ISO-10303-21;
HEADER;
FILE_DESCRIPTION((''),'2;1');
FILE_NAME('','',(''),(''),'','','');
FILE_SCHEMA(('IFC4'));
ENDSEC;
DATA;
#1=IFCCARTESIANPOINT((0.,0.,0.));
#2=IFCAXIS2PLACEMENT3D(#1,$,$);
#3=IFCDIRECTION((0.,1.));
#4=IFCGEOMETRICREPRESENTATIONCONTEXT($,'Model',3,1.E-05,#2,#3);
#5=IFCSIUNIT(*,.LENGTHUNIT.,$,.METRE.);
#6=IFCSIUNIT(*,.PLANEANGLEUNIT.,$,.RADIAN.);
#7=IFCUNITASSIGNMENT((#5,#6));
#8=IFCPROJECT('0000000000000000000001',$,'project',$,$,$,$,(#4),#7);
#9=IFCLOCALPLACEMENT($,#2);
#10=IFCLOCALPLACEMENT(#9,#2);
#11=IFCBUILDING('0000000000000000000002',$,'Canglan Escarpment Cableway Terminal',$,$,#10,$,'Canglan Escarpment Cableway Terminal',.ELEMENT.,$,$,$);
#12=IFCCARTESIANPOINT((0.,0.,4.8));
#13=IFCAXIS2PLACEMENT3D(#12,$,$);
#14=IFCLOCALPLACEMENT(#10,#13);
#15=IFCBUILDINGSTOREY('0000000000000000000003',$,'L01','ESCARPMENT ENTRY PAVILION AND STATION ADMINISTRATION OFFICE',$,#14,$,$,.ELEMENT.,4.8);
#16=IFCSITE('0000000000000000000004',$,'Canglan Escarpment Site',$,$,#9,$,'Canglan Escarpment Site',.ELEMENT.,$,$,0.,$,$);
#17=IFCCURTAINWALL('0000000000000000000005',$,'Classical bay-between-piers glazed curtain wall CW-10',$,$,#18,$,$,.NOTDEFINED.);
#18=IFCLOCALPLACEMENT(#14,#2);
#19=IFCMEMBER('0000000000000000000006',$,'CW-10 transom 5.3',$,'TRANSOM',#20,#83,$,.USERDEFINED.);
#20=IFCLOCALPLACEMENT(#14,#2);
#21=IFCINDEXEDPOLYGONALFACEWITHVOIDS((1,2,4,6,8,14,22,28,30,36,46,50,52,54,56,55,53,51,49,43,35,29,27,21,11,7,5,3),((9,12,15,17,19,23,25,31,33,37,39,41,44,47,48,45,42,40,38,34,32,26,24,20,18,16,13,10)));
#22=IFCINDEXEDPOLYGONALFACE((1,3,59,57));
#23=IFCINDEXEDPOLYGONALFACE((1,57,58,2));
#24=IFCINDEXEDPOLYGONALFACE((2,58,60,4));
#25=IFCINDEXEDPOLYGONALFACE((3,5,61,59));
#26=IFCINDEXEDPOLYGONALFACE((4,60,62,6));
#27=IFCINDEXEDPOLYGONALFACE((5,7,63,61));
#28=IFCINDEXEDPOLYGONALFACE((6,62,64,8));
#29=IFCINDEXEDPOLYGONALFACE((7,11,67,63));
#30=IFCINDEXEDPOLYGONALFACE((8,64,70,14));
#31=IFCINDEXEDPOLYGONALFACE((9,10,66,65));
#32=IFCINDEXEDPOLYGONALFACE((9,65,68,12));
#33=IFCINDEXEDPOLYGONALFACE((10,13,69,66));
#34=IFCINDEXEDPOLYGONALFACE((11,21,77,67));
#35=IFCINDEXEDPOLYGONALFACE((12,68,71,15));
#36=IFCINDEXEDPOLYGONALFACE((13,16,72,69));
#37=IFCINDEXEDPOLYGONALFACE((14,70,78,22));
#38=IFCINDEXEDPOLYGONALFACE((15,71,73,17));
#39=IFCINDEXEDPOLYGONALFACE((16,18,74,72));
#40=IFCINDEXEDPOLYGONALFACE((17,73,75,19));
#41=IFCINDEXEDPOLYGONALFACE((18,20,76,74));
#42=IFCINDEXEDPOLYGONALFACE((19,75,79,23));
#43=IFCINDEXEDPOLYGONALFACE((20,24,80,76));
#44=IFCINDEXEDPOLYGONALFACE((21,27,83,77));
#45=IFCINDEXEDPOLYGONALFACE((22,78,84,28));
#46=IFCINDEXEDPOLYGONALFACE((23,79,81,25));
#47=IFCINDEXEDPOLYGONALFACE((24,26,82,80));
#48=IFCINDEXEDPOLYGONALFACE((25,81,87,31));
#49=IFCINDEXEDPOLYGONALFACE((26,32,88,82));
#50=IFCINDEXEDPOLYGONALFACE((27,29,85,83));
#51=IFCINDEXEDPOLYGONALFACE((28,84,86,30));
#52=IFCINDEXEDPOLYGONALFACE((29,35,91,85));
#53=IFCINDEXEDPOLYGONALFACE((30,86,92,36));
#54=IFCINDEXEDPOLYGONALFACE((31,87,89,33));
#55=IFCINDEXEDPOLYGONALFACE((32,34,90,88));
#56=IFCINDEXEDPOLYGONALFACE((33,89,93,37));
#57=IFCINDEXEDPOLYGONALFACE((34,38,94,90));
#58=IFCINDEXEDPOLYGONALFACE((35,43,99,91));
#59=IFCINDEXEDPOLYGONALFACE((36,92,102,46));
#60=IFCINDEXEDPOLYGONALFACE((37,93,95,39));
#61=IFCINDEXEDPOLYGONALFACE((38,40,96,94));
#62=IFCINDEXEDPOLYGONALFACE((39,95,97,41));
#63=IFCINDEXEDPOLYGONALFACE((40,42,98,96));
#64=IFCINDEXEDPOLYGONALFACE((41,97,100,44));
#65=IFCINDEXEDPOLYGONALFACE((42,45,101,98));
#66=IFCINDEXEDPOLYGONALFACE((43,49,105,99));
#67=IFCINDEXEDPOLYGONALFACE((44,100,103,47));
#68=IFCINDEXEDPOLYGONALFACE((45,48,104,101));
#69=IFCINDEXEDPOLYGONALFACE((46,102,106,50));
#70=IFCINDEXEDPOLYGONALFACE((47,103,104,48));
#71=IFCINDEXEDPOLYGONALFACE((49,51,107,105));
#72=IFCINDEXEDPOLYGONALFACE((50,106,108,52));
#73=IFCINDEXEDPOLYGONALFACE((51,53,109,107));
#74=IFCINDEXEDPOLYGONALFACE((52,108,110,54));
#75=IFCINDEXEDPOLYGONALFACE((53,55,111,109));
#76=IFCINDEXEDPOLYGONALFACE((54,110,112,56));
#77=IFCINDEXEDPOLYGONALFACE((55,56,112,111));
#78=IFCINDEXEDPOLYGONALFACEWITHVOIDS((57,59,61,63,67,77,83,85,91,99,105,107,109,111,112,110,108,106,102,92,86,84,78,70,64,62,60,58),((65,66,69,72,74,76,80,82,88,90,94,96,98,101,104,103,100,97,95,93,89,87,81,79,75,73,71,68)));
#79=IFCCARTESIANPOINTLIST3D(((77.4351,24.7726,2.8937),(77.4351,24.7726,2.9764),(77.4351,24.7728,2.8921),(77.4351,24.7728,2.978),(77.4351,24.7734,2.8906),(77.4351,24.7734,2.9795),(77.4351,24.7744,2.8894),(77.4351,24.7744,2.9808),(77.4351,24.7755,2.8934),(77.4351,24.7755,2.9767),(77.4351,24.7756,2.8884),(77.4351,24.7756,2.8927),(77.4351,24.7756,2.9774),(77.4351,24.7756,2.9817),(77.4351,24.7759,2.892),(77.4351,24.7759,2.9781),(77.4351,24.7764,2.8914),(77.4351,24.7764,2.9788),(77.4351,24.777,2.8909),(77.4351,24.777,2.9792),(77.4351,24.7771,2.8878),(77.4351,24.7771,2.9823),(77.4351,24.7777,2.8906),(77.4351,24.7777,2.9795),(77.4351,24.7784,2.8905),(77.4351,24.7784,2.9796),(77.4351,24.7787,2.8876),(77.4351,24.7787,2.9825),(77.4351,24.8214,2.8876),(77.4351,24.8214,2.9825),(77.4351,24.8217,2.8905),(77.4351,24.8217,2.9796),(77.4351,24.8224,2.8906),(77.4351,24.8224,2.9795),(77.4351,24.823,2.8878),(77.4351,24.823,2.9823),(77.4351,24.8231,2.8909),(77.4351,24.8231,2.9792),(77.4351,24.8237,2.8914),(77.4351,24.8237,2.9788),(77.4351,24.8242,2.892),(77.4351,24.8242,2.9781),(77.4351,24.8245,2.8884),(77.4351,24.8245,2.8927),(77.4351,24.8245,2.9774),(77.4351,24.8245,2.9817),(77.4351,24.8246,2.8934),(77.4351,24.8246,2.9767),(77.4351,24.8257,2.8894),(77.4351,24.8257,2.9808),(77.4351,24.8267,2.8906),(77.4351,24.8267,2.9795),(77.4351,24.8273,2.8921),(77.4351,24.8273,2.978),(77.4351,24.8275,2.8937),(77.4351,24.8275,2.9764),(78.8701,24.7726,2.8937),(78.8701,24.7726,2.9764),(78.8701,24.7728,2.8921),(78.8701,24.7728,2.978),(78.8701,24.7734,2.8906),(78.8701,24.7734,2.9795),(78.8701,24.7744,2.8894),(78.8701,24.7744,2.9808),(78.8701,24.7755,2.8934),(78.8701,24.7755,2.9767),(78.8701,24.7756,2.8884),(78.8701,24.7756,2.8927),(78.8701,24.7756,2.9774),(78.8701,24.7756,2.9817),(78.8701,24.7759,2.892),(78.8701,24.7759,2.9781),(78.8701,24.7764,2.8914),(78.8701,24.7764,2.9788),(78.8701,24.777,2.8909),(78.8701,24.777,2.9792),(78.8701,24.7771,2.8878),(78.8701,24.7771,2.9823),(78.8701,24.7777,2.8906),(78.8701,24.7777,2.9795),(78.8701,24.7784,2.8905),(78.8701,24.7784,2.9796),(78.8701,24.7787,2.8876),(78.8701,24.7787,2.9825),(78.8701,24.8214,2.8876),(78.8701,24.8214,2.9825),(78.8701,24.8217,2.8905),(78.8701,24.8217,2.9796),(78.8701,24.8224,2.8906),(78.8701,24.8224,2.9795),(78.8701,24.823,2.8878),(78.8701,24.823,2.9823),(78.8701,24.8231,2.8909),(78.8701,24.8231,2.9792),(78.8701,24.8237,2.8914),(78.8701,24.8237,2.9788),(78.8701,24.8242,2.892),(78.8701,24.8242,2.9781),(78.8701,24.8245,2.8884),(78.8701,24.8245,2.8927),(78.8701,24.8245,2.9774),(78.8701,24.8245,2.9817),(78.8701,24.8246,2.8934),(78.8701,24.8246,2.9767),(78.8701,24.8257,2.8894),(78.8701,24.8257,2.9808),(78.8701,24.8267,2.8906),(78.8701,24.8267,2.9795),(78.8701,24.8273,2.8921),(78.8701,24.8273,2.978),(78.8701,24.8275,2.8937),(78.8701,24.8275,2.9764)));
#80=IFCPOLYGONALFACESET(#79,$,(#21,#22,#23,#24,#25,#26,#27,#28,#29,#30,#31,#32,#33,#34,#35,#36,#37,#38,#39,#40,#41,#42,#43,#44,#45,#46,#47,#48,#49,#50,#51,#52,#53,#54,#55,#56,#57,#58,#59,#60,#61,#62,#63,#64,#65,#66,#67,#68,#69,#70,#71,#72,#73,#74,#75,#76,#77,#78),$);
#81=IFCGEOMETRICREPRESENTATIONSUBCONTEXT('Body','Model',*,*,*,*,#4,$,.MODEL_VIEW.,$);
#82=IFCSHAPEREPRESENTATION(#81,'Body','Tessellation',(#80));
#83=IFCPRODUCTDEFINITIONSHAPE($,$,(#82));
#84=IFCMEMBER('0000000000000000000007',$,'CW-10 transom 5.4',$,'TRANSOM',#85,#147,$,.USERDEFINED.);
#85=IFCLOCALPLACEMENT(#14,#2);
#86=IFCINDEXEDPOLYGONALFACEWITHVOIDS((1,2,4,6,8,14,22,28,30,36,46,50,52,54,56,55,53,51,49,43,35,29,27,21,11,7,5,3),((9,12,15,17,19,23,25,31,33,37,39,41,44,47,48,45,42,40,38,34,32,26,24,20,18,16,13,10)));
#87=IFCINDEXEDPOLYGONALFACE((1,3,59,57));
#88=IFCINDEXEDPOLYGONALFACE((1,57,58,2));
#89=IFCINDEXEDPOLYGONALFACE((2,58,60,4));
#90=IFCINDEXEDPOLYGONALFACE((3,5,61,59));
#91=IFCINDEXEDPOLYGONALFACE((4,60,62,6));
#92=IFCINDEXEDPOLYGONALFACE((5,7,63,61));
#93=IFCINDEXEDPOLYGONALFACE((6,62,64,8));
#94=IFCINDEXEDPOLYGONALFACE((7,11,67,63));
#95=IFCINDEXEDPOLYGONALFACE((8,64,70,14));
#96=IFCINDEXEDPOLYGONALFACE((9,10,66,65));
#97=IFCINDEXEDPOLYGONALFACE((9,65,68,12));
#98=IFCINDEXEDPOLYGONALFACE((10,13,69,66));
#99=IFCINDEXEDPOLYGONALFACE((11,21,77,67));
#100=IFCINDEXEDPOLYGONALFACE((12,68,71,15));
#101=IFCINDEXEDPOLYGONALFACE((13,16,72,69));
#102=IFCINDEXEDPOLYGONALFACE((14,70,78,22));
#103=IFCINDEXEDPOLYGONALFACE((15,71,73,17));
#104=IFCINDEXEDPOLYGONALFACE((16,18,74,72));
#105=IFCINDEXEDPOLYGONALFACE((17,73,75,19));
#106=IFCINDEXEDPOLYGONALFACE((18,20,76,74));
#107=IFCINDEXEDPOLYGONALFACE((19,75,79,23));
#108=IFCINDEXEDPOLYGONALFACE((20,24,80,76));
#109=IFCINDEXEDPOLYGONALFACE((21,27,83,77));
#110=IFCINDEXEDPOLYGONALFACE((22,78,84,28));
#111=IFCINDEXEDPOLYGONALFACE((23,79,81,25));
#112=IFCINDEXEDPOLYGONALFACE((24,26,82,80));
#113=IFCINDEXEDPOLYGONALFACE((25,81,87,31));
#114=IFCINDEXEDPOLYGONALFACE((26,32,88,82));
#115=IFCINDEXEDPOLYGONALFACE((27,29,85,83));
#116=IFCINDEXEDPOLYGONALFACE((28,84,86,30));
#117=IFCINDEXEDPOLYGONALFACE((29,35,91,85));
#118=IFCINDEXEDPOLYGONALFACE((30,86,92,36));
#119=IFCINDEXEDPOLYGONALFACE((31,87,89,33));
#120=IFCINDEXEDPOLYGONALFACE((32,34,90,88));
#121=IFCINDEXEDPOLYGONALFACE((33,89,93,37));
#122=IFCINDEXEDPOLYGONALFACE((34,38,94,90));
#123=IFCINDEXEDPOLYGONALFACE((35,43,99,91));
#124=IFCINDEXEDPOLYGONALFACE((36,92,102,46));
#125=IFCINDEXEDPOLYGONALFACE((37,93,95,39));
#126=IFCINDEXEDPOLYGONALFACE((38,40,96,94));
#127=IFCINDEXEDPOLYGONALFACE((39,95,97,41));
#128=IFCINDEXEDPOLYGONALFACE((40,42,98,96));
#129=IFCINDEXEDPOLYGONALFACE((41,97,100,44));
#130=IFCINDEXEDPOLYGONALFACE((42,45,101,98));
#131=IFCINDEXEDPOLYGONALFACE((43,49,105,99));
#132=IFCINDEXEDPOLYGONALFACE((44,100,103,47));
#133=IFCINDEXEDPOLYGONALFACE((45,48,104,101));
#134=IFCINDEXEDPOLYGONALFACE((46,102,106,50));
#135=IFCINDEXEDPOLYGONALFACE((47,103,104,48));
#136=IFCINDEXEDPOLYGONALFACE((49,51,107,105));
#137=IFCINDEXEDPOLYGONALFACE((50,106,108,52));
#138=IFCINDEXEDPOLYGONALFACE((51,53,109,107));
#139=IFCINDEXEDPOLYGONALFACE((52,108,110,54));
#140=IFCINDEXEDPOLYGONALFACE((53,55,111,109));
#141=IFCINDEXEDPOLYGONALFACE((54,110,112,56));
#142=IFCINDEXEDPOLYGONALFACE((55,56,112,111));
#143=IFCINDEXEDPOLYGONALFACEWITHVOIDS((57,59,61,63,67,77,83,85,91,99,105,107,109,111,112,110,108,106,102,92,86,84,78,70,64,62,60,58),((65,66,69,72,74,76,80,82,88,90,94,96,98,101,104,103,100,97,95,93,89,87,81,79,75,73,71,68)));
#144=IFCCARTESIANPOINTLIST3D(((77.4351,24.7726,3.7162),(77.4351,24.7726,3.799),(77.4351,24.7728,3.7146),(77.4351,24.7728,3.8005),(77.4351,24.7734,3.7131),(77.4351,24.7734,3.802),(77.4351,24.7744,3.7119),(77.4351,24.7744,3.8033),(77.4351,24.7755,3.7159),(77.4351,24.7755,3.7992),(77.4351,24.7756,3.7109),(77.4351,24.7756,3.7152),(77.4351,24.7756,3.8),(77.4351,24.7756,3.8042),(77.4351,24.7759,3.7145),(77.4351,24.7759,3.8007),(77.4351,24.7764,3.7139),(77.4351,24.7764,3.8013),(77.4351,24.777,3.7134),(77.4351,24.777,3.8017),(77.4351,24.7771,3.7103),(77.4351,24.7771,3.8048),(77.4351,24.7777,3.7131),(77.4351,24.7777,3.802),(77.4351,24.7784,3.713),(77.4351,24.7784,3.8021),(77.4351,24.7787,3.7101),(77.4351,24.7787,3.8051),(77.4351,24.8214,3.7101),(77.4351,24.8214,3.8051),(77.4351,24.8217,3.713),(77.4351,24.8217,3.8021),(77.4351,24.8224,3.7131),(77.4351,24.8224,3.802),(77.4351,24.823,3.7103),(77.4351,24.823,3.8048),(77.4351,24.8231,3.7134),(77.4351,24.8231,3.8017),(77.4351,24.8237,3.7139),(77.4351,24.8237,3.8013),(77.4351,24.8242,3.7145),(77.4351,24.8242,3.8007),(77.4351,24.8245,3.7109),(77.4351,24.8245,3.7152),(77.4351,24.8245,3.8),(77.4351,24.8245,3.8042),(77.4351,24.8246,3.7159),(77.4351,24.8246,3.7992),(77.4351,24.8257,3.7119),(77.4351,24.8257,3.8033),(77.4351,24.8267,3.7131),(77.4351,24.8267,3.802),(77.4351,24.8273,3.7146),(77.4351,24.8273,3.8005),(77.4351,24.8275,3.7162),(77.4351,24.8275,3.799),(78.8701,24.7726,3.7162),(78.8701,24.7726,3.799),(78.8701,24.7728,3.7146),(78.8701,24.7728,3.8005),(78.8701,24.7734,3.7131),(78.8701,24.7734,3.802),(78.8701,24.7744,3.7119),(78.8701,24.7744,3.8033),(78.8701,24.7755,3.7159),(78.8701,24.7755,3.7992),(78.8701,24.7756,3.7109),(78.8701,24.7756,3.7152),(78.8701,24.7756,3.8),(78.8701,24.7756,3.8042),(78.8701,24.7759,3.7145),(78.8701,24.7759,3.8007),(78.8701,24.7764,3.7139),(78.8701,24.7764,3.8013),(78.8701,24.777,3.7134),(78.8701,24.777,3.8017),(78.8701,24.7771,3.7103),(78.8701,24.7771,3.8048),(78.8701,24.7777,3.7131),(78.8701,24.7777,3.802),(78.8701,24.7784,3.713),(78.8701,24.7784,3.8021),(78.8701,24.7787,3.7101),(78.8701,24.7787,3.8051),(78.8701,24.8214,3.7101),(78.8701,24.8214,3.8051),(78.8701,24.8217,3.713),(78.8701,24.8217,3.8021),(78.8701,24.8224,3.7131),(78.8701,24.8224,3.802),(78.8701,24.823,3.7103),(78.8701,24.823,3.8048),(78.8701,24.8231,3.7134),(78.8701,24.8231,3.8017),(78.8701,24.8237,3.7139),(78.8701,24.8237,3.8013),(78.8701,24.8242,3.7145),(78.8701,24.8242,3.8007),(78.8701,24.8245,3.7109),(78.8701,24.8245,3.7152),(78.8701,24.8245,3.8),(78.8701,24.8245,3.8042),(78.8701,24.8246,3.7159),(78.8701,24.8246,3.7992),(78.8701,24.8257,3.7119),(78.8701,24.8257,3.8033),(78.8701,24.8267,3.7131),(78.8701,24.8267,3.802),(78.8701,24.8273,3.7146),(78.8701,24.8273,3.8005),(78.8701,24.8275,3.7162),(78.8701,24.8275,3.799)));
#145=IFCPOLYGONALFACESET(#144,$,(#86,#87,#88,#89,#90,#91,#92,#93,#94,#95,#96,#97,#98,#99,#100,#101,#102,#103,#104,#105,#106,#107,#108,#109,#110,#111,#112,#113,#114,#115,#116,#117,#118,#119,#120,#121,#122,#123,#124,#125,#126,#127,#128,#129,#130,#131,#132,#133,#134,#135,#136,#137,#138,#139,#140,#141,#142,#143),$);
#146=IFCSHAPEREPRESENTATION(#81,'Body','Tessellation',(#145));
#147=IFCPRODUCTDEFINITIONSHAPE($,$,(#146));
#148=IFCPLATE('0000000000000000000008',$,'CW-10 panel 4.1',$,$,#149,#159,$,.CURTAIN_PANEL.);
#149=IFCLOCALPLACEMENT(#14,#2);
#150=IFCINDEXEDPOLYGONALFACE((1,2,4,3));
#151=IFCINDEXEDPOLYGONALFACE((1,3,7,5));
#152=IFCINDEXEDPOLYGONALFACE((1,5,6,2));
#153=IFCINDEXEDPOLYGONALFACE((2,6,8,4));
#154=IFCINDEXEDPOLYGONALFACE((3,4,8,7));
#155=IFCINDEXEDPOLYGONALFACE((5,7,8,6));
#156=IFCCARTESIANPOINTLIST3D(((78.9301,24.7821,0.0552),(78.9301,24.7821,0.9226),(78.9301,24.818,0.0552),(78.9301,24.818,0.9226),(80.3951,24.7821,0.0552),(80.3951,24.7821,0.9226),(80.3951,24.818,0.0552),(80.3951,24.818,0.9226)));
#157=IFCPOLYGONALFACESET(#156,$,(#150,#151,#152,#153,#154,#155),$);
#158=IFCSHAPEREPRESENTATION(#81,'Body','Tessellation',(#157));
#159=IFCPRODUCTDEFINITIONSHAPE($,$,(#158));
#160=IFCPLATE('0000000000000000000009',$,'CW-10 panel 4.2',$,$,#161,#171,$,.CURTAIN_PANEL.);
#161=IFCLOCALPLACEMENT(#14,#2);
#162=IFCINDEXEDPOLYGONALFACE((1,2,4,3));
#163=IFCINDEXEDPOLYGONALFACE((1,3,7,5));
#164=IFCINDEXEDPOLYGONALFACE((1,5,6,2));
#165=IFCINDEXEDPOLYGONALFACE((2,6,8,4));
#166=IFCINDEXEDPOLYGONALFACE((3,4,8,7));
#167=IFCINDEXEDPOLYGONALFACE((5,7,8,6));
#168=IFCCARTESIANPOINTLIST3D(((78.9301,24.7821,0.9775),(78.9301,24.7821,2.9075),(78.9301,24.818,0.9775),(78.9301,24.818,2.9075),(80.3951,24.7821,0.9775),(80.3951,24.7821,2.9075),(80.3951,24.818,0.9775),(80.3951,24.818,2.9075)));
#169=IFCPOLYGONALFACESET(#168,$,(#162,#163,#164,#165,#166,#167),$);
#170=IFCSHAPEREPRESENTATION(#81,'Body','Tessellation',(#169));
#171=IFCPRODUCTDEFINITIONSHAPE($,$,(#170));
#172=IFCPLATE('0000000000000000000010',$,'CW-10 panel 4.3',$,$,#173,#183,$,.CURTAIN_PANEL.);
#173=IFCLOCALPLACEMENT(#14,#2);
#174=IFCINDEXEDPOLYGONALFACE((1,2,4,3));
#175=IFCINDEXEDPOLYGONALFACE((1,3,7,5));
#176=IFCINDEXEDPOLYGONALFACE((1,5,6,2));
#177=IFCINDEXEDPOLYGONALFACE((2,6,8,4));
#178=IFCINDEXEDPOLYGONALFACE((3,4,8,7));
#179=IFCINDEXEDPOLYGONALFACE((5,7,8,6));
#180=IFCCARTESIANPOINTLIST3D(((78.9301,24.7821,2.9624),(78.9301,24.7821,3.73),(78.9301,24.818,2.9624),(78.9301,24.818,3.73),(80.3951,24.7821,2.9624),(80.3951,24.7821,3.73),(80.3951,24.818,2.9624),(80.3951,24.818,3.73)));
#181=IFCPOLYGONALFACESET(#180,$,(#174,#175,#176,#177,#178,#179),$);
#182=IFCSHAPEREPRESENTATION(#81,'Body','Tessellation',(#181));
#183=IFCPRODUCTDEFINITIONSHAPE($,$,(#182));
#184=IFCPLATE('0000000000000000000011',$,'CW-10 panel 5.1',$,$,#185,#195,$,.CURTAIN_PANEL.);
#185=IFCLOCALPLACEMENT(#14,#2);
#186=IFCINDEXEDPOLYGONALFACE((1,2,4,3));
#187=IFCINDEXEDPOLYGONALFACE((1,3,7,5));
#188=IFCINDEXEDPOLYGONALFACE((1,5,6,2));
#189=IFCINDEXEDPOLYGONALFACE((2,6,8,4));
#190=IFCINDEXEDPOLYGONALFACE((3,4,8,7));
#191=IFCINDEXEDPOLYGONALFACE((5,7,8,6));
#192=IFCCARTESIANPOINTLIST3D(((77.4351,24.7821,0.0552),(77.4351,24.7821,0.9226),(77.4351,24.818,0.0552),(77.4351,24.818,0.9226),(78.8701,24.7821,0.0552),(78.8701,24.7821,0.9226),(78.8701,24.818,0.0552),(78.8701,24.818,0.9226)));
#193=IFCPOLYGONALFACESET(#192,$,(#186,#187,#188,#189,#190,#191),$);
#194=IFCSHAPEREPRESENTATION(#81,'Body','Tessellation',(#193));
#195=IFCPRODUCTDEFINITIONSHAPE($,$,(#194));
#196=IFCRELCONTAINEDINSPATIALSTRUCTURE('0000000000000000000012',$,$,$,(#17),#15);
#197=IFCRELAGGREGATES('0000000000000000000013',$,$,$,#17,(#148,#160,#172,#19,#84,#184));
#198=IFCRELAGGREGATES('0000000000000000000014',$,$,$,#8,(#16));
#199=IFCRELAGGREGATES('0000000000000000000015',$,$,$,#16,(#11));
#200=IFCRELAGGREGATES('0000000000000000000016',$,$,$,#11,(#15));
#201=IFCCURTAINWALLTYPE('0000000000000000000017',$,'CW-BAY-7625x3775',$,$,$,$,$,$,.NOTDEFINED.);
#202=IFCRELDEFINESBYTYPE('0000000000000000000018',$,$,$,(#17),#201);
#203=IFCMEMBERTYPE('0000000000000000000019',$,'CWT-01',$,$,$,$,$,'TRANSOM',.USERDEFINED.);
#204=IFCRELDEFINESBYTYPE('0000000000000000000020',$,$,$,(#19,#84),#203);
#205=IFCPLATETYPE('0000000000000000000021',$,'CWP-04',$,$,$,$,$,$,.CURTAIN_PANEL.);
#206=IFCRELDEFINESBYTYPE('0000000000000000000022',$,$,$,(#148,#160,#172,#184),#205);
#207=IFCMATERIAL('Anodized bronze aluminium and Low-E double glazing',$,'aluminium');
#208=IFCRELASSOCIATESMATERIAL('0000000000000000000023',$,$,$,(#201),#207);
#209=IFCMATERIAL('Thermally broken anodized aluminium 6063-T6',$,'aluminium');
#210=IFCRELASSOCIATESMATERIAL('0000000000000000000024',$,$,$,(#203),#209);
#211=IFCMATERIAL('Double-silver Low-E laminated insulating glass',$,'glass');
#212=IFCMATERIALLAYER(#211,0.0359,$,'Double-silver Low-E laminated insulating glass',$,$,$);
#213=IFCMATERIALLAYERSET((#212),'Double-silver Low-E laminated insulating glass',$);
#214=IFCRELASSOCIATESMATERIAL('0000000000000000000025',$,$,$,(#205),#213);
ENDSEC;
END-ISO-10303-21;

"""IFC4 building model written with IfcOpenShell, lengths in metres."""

from ifc_helpers import new_model, si_unit, direction, frame, origin, origin_2d, place, context, subcontext, project, spatial, rectangle, hollow_rectangle, extrude, material, layer, layer_set, material_profile, profile_set, type_object, element, aggregate, save


model = new_model("IFC4")

# Units and contexts
model_context = context("Model", 3, precision=1e-05, world=origin(), true_north=direction((0.0, 1.0)))
body_context = subcontext(model_context, "Body", "Model", "MODEL_VIEW")
ifc_project = project(units=[si_unit("LENGTHUNIT", "METRE"), si_unit("PLANEANGLEUNIT", "RADIAN")], contexts=[model_context])

# Site, building, storey
site_placement = place(None, origin())
site = spatial("IfcSite", under=ifc_project, at=site_placement, Name="Canglan Escarpment Site", LongName="Canglan Escarpment Site", CompositionType="ELEMENT", RefElevation=0.0)
building_placement = place(site_placement, origin())
building = spatial("IfcBuilding", under=site, at=building_placement, Name="Canglan Escarpment Cableway Terminal", LongName="Canglan Escarpment Cableway Terminal", CompositionType="ELEMENT")
storey_placement = place(building_placement, frame((0.0, 0.0, 4.8)))
storey = spatial("IfcBuildingStorey", under=building, at=storey_placement, Name="L01", Description="ESCARPMENT ENTRY PAVILION AND STATION ADMINISTRATION OFFICE", CompositionType="ELEMENT", Elevation=4.8)

# Curtain wall, members, plates
ifc_material_1 = material(Name="Anodized bronze aluminium and Low-E double glazing", Category="aluminium")
curtain_wall_type = type_object("IfcCurtainWallType", Name="CW-BAY-7625x3775", PredefinedType="NOTDEFINED", material=ifc_material_1)
curtain_wall_placement = place(storey_placement, origin())
curtain_wall = element("IfcCurtainWall", 1, at=curtain_wall_placement, inside=storey, type_object=curtain_wall_type, Name="Classical bay-between-piers glazed curtain wall CW-10", PredefinedType="NOTDEFINED")
ifc_material_2 = material(Name="Thermally broken anodized aluminium 6063-T6", Category="aluminium")
ifc_material_profile_1 = material_profile(ifc_material_2, hollow_rectangle(XDim=0.0549, YDim=0.095, WallThickness=0.0029, InnerFilletRadius=0.0029, OuterFilletRadius=0.0061, at=origin_2d()), Name="ALU-TRAN 55x95x3")
ifc_profile_set_1 = profile_set([ifc_material_profile_1], Name="Thermally broken anodized aluminium 6063-T6")
member_type_1 = type_object("IfcMemberType", Name="CWT-01", ElementType="TRANSOM", PredefinedType="USERDEFINED", material=ifc_profile_set_1)
member_1_placement = place(storey_placement, frame((78.8701, 24.8, 2.9351), z_axis=(-1.0, 0.0, 0.0), x_axis=(0.0, -1.0, 0.0)))
member_1 = element("IfcMember", 2, at=member_1_placement, type_object=member_type_1, Name="CW-10 transom 5.3", ObjectType="TRANSOM", PredefinedType="USERDEFINED", context=body_context, shape_type="SweptSolid", body=[
    extrude(hollow_rectangle(XDim=0.0549, YDim=0.095, WallThickness=0.0029, InnerFilletRadius=0.0029, OuterFilletRadius=0.0061, at=origin_2d()), origin(), (0.0, 0.0, 1.0), 1.4351),
])
member_2_placement = place(storey_placement, frame((78.8701, 24.8, 3.7576), z_axis=(-1.0, 0.0, 0.0), x_axis=(0.0, -1.0, 0.0)))
member_2 = element("IfcMember", 3, at=member_2_placement, type_object=member_type_1, Name="CW-10 transom 5.4", ObjectType="TRANSOM", PredefinedType="USERDEFINED", context=body_context, shape_type="SweptSolid", body=[
    extrude(hollow_rectangle(XDim=0.0549, YDim=0.095, WallThickness=0.0029, InnerFilletRadius=0.0029, OuterFilletRadius=0.0061, at=origin_2d()), origin(), (0.0, 0.0, 1.0), 1.4351),
])
ifc_material_3 = material(Name="Double-silver Low-E laminated insulating glass", Category="glass")
ifc_layer_1 = layer(ifc_material_3, 0.0359, Name="Double-silver Low-E laminated insulating glass")
ifc_layer_set_1 = layer_set([ifc_layer_1], Name="Double-silver Low-E laminated insulating glass")
plate_type = type_object("IfcPlateType", Name="CWP-04", PredefinedType="CURTAIN_PANEL", material=ifc_layer_set_1)
plate_1_placement = place(storey_placement, frame((79.6626, 24.8, 0.0552), z_axis=(0.0, 0.0, 1.0), x_axis=(-1.0, 0.0, 0.0)))
plate_1 = element("IfcPlate", 4, at=plate_1_placement, type_object=plate_type, Name="CW-10 panel 4.1", PredefinedType="CURTAIN_PANEL", context=body_context, shape_type="SweptSolid", body=[
    extrude(rectangle(XDim=1.4651, YDim=0.0359, at=origin_2d()), origin(), (0.0, 0.0, 1.0), 0.8674),
])
plate_2_placement = place(storey_placement, frame((79.6626, 24.8, 0.9775), z_axis=(0.0, 0.0, 1.0), x_axis=(-1.0, 0.0, 0.0)))
plate_2 = element("IfcPlate", 5, at=plate_2_placement, type_object=plate_type, Name="CW-10 panel 4.2", PredefinedType="CURTAIN_PANEL", context=body_context, shape_type="SweptSolid", body=[
    extrude(rectangle(XDim=1.4651, YDim=0.0359, at=origin_2d()), origin(), (0.0, 0.0, 1.0), 1.9299),
])
plate_3_placement = place(storey_placement, frame((79.6626, 24.8, 2.9624), z_axis=(0.0, 0.0, 1.0), x_axis=(-1.0, 0.0, 0.0)))
plate_3 = element("IfcPlate", 6, at=plate_3_placement, type_object=plate_type, Name="CW-10 panel 4.3", PredefinedType="CURTAIN_PANEL", context=body_context, shape_type="SweptSolid", body=[
    extrude(rectangle(XDim=1.4651, YDim=0.0359, at=origin_2d()), origin(), (0.0, 0.0, 1.0), 0.7676),
])
plate_4_placement = place(storey_placement, frame((78.1526, 24.8, 0.0552), z_axis=(0.0, 0.0, 1.0), x_axis=(-1.0, 0.0, 0.0)))
plate_4 = element("IfcPlate", 7, at=plate_4_placement, type_object=plate_type, Name="CW-10 panel 5.1", PredefinedType="CURTAIN_PANEL", context=body_context, shape_type="SweptSolid", body=[
    extrude(rectangle(XDim=1.4351, YDim=0.0359, at=origin_2d()), origin(), (0.0, 0.0, 1.0), 0.8674),
])
aggregate(curtain_wall, [plate_1, plate_2, plate_3, member_1, member_2, plate_4])

save(model, "model.ifc")
